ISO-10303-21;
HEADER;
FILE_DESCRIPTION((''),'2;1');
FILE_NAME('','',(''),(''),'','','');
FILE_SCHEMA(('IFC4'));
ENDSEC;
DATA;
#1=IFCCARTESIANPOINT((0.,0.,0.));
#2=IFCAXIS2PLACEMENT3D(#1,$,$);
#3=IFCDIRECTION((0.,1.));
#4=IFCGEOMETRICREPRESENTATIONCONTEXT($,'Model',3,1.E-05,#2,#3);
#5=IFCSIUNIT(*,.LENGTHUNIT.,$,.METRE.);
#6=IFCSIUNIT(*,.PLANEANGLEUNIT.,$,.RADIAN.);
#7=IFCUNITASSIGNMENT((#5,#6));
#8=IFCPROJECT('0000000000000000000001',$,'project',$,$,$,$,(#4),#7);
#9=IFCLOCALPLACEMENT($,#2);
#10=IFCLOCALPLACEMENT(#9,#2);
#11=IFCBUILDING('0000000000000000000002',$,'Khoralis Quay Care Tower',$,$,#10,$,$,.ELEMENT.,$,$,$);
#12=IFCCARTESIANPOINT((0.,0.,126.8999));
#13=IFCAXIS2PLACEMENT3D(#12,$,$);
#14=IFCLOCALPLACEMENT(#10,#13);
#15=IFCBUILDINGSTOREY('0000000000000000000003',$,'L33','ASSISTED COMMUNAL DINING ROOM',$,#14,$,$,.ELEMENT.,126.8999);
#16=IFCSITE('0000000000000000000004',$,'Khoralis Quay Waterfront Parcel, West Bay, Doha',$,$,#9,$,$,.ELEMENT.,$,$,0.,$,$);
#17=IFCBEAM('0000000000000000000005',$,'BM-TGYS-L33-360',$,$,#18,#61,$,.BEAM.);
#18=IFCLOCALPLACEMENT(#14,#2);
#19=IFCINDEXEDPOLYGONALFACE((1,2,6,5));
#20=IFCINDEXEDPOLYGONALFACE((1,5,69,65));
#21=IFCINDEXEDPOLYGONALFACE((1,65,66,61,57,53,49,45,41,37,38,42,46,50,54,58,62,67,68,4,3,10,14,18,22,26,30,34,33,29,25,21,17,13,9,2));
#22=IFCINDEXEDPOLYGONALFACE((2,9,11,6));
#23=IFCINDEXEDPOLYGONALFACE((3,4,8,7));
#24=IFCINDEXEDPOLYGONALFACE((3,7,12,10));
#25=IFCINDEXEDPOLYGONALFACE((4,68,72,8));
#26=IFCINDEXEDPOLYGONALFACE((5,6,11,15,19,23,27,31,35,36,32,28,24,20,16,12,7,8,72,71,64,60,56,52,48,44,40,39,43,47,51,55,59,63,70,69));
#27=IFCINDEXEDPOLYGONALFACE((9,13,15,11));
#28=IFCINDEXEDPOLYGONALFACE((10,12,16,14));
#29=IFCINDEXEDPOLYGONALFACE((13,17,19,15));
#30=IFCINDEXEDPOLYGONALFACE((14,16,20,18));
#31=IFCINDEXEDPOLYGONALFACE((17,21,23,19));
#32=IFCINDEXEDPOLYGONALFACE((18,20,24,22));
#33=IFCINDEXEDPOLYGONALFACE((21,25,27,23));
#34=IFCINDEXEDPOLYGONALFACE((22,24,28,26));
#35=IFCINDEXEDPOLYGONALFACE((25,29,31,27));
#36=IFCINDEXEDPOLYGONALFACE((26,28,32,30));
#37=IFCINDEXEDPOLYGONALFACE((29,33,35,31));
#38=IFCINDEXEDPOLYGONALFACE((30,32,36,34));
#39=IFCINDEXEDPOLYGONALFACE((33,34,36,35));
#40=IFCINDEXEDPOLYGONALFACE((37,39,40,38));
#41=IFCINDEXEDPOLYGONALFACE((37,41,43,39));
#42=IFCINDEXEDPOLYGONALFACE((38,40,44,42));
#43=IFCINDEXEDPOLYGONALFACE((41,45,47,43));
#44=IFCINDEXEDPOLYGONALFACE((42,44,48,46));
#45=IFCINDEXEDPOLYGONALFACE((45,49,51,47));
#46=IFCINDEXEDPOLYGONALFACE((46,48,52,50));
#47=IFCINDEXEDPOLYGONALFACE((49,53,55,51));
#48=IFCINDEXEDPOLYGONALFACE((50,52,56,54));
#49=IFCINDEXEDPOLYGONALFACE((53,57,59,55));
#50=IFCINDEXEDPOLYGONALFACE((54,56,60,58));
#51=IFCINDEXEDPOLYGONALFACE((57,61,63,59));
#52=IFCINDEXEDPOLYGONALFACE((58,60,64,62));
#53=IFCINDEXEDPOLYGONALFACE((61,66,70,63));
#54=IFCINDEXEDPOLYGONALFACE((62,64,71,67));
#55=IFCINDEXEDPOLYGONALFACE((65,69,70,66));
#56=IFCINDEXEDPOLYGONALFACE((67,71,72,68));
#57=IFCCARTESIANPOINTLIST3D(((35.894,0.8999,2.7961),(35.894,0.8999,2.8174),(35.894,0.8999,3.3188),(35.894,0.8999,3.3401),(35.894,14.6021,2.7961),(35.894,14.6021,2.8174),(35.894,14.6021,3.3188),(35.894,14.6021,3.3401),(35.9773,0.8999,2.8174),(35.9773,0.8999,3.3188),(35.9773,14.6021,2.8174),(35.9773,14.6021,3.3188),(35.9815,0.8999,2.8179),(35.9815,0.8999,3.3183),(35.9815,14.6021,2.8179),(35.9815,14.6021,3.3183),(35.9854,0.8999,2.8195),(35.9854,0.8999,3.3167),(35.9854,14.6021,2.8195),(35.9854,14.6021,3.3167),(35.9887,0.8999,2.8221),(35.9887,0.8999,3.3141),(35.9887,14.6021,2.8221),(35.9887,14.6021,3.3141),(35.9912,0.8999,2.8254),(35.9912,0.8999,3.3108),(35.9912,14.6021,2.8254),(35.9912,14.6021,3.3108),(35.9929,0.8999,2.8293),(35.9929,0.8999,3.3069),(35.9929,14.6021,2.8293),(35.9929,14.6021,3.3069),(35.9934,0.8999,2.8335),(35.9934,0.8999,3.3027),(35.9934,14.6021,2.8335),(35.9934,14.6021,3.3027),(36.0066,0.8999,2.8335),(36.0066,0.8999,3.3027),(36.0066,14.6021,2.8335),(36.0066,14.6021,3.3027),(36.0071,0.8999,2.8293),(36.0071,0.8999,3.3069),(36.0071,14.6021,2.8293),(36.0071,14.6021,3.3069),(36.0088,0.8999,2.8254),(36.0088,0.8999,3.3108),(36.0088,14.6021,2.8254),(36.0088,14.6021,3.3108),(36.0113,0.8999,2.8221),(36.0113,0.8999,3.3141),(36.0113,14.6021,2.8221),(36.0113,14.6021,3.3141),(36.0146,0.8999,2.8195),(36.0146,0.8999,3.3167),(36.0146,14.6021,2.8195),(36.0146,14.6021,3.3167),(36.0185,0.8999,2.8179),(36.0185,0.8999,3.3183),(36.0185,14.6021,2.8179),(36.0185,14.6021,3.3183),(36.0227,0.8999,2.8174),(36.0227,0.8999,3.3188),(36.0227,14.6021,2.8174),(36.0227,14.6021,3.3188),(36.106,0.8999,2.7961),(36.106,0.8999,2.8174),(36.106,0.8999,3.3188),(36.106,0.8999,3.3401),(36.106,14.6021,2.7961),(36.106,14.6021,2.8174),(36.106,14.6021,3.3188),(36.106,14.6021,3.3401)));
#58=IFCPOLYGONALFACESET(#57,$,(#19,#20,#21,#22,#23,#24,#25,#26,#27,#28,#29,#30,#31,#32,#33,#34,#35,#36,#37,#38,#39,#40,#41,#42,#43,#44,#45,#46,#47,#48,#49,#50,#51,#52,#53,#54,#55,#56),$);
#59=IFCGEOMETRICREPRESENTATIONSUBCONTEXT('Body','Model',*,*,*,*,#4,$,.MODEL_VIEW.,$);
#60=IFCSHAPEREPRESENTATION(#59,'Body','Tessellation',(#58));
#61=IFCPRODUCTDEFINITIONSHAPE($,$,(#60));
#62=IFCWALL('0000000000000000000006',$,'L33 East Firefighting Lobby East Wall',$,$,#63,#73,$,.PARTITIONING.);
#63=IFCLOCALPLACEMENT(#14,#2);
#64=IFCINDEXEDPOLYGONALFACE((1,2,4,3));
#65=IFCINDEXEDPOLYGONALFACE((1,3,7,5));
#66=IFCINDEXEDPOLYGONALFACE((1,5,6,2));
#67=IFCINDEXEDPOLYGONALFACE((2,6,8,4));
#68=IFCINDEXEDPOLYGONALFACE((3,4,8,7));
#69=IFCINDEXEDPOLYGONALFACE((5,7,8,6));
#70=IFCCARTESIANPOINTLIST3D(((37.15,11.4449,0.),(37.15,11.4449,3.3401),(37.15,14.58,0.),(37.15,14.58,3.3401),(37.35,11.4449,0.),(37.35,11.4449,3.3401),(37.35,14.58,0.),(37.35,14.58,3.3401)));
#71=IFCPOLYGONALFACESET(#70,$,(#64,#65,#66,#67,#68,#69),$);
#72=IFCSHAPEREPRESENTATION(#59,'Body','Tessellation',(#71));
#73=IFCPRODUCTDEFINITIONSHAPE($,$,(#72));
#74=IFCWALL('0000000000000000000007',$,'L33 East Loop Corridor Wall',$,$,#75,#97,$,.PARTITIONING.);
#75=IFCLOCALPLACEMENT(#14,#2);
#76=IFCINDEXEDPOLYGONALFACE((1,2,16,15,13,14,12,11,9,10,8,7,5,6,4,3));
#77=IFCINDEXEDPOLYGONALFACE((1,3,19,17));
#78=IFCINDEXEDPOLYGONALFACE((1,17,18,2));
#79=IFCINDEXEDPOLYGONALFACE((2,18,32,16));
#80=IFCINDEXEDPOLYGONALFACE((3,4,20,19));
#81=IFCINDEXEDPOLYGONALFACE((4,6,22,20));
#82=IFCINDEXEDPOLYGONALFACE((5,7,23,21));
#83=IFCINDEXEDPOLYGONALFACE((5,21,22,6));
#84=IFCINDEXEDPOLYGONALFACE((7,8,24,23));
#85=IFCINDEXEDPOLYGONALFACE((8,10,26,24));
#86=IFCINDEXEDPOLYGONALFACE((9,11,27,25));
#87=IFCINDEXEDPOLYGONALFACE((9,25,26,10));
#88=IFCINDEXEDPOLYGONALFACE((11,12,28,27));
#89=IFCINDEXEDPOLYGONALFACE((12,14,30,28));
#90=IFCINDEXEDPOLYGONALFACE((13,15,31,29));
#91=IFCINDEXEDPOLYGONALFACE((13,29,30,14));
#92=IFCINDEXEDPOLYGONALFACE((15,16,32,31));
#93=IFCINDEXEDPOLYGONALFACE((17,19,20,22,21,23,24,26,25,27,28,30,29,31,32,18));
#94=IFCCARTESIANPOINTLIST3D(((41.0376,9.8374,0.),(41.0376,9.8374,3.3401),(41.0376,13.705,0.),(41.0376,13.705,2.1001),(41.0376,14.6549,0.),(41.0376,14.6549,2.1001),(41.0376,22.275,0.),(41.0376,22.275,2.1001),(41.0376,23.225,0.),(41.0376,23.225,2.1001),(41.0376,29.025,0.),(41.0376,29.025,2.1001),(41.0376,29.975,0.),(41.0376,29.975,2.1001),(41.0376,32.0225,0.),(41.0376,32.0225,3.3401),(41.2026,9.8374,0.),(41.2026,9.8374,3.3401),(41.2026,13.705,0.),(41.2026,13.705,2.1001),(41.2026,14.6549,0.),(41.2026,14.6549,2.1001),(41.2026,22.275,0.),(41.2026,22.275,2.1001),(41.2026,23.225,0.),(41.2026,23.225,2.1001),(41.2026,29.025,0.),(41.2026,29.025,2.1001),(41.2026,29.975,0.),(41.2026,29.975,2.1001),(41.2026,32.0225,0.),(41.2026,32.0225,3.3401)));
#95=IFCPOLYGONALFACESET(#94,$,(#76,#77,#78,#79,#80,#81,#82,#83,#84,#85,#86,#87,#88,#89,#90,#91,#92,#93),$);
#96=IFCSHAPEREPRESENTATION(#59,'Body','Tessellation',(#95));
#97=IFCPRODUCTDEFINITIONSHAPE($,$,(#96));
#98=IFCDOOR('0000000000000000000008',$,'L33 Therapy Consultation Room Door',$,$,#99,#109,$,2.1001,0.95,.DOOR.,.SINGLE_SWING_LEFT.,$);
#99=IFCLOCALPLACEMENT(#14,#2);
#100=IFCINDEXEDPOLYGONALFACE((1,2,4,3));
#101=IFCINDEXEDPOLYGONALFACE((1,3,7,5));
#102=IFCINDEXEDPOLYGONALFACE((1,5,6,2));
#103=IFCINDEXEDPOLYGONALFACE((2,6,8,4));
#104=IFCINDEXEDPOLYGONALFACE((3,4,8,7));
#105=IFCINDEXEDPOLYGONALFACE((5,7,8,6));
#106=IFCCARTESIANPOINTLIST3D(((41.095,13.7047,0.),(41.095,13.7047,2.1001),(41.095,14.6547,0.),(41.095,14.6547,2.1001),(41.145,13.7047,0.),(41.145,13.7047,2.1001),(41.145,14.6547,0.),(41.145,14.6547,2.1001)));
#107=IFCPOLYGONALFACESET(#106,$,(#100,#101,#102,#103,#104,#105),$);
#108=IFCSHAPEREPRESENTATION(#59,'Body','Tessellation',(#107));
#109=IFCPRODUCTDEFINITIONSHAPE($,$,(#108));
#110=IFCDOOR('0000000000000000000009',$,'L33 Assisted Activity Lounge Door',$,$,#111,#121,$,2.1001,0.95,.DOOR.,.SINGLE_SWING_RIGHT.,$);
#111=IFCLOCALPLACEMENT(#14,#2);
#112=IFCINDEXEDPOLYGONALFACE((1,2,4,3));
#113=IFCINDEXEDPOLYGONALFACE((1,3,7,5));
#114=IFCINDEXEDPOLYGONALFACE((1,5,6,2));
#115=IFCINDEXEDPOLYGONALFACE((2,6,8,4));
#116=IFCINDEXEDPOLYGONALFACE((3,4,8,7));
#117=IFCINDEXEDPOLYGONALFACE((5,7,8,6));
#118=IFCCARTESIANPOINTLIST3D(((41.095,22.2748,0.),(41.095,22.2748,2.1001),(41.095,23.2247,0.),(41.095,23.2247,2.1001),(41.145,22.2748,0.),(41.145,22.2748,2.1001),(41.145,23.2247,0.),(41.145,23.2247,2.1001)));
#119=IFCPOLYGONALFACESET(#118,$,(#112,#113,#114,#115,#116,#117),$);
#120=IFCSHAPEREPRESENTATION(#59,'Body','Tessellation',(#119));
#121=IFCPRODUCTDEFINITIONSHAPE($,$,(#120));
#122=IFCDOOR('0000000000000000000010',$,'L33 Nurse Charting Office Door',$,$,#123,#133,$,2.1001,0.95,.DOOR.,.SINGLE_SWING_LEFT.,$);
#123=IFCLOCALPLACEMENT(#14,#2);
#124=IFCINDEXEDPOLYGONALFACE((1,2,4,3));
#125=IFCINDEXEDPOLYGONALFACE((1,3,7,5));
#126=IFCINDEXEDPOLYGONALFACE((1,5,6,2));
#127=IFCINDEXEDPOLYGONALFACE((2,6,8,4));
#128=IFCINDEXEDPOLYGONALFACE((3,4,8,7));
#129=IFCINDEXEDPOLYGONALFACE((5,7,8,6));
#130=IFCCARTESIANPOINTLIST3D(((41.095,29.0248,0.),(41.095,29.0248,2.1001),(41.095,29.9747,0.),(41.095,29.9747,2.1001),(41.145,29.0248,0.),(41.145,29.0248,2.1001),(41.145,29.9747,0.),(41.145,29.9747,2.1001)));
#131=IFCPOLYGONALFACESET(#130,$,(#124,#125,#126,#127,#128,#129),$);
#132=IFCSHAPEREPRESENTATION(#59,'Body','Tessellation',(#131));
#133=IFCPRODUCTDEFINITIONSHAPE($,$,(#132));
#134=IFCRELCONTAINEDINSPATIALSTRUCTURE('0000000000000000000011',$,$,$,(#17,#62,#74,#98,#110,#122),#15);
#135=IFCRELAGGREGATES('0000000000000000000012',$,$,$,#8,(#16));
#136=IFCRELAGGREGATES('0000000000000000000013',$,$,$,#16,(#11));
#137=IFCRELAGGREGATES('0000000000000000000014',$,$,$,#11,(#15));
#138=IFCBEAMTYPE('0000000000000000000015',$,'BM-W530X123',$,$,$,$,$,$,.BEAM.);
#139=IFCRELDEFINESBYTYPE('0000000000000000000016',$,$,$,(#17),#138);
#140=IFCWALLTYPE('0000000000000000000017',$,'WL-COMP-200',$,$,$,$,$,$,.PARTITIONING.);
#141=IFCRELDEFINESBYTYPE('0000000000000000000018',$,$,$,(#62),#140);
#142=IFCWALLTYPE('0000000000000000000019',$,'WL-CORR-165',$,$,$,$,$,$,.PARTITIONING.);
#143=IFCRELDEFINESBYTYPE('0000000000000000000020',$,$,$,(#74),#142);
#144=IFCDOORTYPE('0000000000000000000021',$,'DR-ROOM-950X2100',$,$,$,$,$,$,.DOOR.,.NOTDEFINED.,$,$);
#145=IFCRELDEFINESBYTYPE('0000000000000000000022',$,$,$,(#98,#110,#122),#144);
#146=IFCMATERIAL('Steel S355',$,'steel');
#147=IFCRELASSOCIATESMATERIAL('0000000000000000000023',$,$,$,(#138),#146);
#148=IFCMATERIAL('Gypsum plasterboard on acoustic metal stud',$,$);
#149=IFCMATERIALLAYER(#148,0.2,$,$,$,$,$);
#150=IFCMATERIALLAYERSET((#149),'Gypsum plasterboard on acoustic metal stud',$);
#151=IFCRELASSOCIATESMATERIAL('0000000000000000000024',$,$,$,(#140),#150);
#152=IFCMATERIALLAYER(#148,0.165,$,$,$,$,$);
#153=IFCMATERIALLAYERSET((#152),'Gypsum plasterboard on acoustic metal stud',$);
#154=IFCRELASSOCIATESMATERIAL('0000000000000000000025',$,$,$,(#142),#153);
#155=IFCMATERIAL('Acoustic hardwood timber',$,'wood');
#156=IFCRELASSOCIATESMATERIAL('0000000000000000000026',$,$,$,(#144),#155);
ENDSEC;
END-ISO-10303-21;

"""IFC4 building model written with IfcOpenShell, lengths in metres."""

from ifc_helpers import new_model, si_unit, direction, frame, frame_2d, origin, origin_2d, place, context, subcontext, project, spatial, rectangle, i_section, extrude, source, transform, mapped, material, layer, layer_set, material_profile, profile_set, type_object, element, fill, save


model = new_model("IFC4")

# Units and contexts
model_context = context("Model", 3, precision=1e-05, world=origin(), true_north=direction((0.0, 1.0)))
body_context = subcontext(model_context, "Body", "Model", "MODEL_VIEW")
ifc_project = project(units=[si_unit("LENGTHUNIT", "METRE"), si_unit("PLANEANGLEUNIT", "RADIAN")], contexts=[model_context])

# Site, building, storey
site_placement = place(None, origin())
site = spatial("IfcSite", under=ifc_project, at=site_placement, Name="Khoralis Quay Waterfront Parcel, West Bay, Doha", CompositionType="ELEMENT", RefElevation=0.0)
building_placement = place(site_placement, origin())
building = spatial("IfcBuilding", under=site, at=building_placement, Name="Khoralis Quay Care Tower", CompositionType="ELEMENT")
storey_placement = place(building_placement, frame((0.0, 0.0, 126.8999)))
storey = spatial("IfcBuildingStorey", under=building, at=storey_placement, Name="L33", Description="ASSISTED COMMUNAL DINING ROOM", CompositionType="ELEMENT", Elevation=126.8999)

# Beam
ifc_material_1 = material(Name="Steel S355", Category="steel")
ifc_material_profile_1 = material_profile(ifc_material_1, i_section(OverallWidth=0.2119, OverallDepth=0.5439, WebThickness=0.0132, FlangeThickness=0.0212, FilletRadius=0.0161, at=origin_2d()), Name="Steel S355")
ifc_profile_set_1 = profile_set([ifc_material_profile_1], Name="Steel S355")
beam_type_1 = type_object("IfcBeamType", Name="BM-W530X123", PredefinedType="BEAM", material=ifc_profile_set_1)
shared_shape_1 = source(origin(), body_context, "Body", "SweptSolid", [
    extrude(i_section(OverallWidth=0.2119, OverallDepth=0.5439, WebThickness=0.0132, FlangeThickness=0.0212, FilletRadius=0.0161, at=origin_2d()), origin(), (0.0, 0.0, 1.0), 13.7021),
])
beam_1_placement = place(storey_placement, frame((36.0, 0.8999, 3.0681), z_axis=(0.0, 1.0, 0.0), x_axis=(-1.0, 0.0, 0.0)))
element("IfcBeam", 1, at=beam_1_placement, inside=storey, type_object=beam_type_1, Name="BM-TGYS-L33-360", PredefinedType="BEAM", context=body_context, shape_type="MappedRepresentation", body=[
    mapped(shared_shape_1, transform((0.0, 0.0, 0.0), scale=1.0)),
])

# Wall
ifc_material_2 = material(Name="Gypsum plasterboard on acoustic metal stud")
ifc_layer_1 = layer(ifc_material_2, 0.2)
ifc_layer_set_1 = layer_set([ifc_layer_1], Name="Gypsum plasterboard on acoustic metal stud")
wall_type_1 = type_object("IfcWallType", Name="WL-COMP-200", PredefinedType="PARTITIONING", material=ifc_layer_set_1)
wall_1_placement = place(storey_placement, frame((37.25, 11.4451, 0.0), z_axis=(0.0, 0.0, 1.0), x_axis=(0.0, 1.0, 0.0)))
element("IfcWall", 2, at=wall_1_placement, inside=storey, type_object=wall_type_1, Name="L33 East Firefighting Lobby East Wall", PredefinedType="PARTITIONING", context=body_context, shape_type="SweptSolid", body=[
    extrude(rectangle(XDim=3.135, YDim=0.2, at=frame_2d((1.5674, 0.0))), origin(), (0.0, 0.0, 1.0), 3.3401),
])

# Wall, openings, doors
ifc_layer_2 = layer(ifc_material_2, 0.165)
ifc_layer_set_2 = layer_set([ifc_layer_2], Name="Gypsum plasterboard on acoustic metal stud")
wall_type_2 = type_object("IfcWallType", Name="WL-CORR-165", PredefinedType="PARTITIONING", material=ifc_layer_set_2)
wall_2_placement = place(storey_placement, frame((41.1201, 9.8374, 0.0), z_axis=(0.0, 0.0, 1.0), x_axis=(0.0, 1.0, 0.0)))
wall_2 = element("IfcWall", 3, at=wall_2_placement, inside=storey, type_object=wall_type_2, Name="L33 East Loop Corridor Wall", PredefinedType="PARTITIONING", context=body_context, shape_type="SweptSolid", body=[
    extrude(rectangle(XDim=22.1851, YDim=0.165, at=frame_2d((11.0925, 0.0))), origin(), (0.0, 0.0, 1.0), 3.3401),
])
opening_1_placement = place(wall_2_placement, frame((3.8674, 0.0, 0.0)))
opening_1 = element("IfcOpeningElement", 4, at=opening_1_placement, cuts=wall_2, PredefinedType="OPENING", context=body_context, shape_type="SweptSolid", body=[
    extrude(rectangle(XDim=0.95, YDim=2.1001, at=frame_2d((0.4751, 1.05))), frame((0.0, 0.0925, 0.0), z_axis=(0.0, -1.0, 0.0), x_axis=(1.0, 0.0, 0.0)), (0.0, 0.0, 1.0), 0.1851),
])
opening_2_placement = place(wall_2_placement, frame((12.4375, 0.0, 0.0)))
opening_2 = element("IfcOpeningElement", 5, at=opening_2_placement, cuts=wall_2, PredefinedType="OPENING", context=body_context, shape_type="SweptSolid", body=[
    extrude(rectangle(XDim=0.95, YDim=2.1001, at=frame_2d((0.4751, 1.05))), frame((0.0, 0.0925, 0.0), z_axis=(0.0, -1.0, 0.0), x_axis=(1.0, 0.0, 0.0)), (0.0, 0.0, 1.0), 0.1851),
])
opening_3_placement = place(wall_2_placement, frame((19.1875, 0.0, 0.0)))
opening_3 = element("IfcOpeningElement", 6, at=opening_3_placement, cuts=wall_2, PredefinedType="OPENING", context=body_context, shape_type="SweptSolid", body=[
    extrude(rectangle(XDim=0.95, YDim=2.1001, at=frame_2d((0.4751, 1.05))), frame((0.0, 0.0925, 0.0), z_axis=(0.0, -1.0, 0.0), x_axis=(1.0, 0.0, 0.0)), (0.0, 0.0, 1.0), 0.1851),
])
ifc_material_3 = material(Name="Acoustic hardwood timber", Category="wood")
door_type = type_object("IfcDoorType", Name="DR-ROOM-950X2100", OperationType="NOTDEFINED", PredefinedType="DOOR", material=ifc_material_3)
shared_shape_2 = source(origin(), body_context, "Body", "SweptSolid", [
    extrude(rectangle(XDim=0.95, YDim=2.1001, at=frame_2d((0.4751, 1.05))), frame((0.0, 0.0249, 0.0), z_axis=(0.0, -1.0, 0.0), x_axis=(1.0, 0.0, 0.0)), (0.0, 0.0, 1.0), 0.05),
])
door_1_placement = place(opening_1_placement, frame((0.95, 0.0, 0.0), z_axis=(0.0, 0.0, 1.0), x_axis=(-1.0, 0.0, 0.0)))
door_1 = element("IfcDoor", 7, at=door_1_placement, inside=storey, type_object=door_type, Name="L33 Therapy Consultation Room Door", OperationType="SINGLE_SWING_LEFT", OverallHeight=2.1001, OverallWidth=0.95, PredefinedType="DOOR", context=body_context, shape_type="MappedRepresentation", body=[
    mapped(shared_shape_2, transform((0.0, 0.0, 0.0), scale=1.0)),
])
fill(opening_1, door_1)
door_2_placement = place(opening_2_placement, frame((0.95, 0.0, 0.0), z_axis=(0.0, 0.0, 1.0), x_axis=(-1.0, 0.0, 0.0)))
door_2 = element("IfcDoor", 8, at=door_2_placement, inside=storey, type_object=door_type, Name="L33 Assisted Activity Lounge Door", OperationType="SINGLE_SWING_RIGHT", OverallHeight=2.1001, OverallWidth=0.95, PredefinedType="DOOR", context=body_context, shape_type="MappedRepresentation", body=[
    mapped(shared_shape_2, transform((0.0, 0.0, 0.0), scale=1.0)),
])
fill(opening_2, door_2)
door_3_placement = place(opening_3_placement, frame((0.95, 0.0, 0.0), z_axis=(0.0, 0.0, 1.0), x_axis=(-1.0, 0.0, 0.0)))
door_3 = element("IfcDoor", 9, at=door_3_placement, inside=storey, type_object=door_type, Name="L33 Nurse Charting Office Door", OperationType="SINGLE_SWING_LEFT", OverallHeight=2.1001, OverallWidth=0.95, PredefinedType="DOOR", context=body_context, shape_type="MappedRepresentation", body=[
    mapped(shared_shape_2, transform((0.0, 0.0, 0.0), scale=1.0)),
])
fill(opening_3, door_3)

save(model, "model.ifc")
